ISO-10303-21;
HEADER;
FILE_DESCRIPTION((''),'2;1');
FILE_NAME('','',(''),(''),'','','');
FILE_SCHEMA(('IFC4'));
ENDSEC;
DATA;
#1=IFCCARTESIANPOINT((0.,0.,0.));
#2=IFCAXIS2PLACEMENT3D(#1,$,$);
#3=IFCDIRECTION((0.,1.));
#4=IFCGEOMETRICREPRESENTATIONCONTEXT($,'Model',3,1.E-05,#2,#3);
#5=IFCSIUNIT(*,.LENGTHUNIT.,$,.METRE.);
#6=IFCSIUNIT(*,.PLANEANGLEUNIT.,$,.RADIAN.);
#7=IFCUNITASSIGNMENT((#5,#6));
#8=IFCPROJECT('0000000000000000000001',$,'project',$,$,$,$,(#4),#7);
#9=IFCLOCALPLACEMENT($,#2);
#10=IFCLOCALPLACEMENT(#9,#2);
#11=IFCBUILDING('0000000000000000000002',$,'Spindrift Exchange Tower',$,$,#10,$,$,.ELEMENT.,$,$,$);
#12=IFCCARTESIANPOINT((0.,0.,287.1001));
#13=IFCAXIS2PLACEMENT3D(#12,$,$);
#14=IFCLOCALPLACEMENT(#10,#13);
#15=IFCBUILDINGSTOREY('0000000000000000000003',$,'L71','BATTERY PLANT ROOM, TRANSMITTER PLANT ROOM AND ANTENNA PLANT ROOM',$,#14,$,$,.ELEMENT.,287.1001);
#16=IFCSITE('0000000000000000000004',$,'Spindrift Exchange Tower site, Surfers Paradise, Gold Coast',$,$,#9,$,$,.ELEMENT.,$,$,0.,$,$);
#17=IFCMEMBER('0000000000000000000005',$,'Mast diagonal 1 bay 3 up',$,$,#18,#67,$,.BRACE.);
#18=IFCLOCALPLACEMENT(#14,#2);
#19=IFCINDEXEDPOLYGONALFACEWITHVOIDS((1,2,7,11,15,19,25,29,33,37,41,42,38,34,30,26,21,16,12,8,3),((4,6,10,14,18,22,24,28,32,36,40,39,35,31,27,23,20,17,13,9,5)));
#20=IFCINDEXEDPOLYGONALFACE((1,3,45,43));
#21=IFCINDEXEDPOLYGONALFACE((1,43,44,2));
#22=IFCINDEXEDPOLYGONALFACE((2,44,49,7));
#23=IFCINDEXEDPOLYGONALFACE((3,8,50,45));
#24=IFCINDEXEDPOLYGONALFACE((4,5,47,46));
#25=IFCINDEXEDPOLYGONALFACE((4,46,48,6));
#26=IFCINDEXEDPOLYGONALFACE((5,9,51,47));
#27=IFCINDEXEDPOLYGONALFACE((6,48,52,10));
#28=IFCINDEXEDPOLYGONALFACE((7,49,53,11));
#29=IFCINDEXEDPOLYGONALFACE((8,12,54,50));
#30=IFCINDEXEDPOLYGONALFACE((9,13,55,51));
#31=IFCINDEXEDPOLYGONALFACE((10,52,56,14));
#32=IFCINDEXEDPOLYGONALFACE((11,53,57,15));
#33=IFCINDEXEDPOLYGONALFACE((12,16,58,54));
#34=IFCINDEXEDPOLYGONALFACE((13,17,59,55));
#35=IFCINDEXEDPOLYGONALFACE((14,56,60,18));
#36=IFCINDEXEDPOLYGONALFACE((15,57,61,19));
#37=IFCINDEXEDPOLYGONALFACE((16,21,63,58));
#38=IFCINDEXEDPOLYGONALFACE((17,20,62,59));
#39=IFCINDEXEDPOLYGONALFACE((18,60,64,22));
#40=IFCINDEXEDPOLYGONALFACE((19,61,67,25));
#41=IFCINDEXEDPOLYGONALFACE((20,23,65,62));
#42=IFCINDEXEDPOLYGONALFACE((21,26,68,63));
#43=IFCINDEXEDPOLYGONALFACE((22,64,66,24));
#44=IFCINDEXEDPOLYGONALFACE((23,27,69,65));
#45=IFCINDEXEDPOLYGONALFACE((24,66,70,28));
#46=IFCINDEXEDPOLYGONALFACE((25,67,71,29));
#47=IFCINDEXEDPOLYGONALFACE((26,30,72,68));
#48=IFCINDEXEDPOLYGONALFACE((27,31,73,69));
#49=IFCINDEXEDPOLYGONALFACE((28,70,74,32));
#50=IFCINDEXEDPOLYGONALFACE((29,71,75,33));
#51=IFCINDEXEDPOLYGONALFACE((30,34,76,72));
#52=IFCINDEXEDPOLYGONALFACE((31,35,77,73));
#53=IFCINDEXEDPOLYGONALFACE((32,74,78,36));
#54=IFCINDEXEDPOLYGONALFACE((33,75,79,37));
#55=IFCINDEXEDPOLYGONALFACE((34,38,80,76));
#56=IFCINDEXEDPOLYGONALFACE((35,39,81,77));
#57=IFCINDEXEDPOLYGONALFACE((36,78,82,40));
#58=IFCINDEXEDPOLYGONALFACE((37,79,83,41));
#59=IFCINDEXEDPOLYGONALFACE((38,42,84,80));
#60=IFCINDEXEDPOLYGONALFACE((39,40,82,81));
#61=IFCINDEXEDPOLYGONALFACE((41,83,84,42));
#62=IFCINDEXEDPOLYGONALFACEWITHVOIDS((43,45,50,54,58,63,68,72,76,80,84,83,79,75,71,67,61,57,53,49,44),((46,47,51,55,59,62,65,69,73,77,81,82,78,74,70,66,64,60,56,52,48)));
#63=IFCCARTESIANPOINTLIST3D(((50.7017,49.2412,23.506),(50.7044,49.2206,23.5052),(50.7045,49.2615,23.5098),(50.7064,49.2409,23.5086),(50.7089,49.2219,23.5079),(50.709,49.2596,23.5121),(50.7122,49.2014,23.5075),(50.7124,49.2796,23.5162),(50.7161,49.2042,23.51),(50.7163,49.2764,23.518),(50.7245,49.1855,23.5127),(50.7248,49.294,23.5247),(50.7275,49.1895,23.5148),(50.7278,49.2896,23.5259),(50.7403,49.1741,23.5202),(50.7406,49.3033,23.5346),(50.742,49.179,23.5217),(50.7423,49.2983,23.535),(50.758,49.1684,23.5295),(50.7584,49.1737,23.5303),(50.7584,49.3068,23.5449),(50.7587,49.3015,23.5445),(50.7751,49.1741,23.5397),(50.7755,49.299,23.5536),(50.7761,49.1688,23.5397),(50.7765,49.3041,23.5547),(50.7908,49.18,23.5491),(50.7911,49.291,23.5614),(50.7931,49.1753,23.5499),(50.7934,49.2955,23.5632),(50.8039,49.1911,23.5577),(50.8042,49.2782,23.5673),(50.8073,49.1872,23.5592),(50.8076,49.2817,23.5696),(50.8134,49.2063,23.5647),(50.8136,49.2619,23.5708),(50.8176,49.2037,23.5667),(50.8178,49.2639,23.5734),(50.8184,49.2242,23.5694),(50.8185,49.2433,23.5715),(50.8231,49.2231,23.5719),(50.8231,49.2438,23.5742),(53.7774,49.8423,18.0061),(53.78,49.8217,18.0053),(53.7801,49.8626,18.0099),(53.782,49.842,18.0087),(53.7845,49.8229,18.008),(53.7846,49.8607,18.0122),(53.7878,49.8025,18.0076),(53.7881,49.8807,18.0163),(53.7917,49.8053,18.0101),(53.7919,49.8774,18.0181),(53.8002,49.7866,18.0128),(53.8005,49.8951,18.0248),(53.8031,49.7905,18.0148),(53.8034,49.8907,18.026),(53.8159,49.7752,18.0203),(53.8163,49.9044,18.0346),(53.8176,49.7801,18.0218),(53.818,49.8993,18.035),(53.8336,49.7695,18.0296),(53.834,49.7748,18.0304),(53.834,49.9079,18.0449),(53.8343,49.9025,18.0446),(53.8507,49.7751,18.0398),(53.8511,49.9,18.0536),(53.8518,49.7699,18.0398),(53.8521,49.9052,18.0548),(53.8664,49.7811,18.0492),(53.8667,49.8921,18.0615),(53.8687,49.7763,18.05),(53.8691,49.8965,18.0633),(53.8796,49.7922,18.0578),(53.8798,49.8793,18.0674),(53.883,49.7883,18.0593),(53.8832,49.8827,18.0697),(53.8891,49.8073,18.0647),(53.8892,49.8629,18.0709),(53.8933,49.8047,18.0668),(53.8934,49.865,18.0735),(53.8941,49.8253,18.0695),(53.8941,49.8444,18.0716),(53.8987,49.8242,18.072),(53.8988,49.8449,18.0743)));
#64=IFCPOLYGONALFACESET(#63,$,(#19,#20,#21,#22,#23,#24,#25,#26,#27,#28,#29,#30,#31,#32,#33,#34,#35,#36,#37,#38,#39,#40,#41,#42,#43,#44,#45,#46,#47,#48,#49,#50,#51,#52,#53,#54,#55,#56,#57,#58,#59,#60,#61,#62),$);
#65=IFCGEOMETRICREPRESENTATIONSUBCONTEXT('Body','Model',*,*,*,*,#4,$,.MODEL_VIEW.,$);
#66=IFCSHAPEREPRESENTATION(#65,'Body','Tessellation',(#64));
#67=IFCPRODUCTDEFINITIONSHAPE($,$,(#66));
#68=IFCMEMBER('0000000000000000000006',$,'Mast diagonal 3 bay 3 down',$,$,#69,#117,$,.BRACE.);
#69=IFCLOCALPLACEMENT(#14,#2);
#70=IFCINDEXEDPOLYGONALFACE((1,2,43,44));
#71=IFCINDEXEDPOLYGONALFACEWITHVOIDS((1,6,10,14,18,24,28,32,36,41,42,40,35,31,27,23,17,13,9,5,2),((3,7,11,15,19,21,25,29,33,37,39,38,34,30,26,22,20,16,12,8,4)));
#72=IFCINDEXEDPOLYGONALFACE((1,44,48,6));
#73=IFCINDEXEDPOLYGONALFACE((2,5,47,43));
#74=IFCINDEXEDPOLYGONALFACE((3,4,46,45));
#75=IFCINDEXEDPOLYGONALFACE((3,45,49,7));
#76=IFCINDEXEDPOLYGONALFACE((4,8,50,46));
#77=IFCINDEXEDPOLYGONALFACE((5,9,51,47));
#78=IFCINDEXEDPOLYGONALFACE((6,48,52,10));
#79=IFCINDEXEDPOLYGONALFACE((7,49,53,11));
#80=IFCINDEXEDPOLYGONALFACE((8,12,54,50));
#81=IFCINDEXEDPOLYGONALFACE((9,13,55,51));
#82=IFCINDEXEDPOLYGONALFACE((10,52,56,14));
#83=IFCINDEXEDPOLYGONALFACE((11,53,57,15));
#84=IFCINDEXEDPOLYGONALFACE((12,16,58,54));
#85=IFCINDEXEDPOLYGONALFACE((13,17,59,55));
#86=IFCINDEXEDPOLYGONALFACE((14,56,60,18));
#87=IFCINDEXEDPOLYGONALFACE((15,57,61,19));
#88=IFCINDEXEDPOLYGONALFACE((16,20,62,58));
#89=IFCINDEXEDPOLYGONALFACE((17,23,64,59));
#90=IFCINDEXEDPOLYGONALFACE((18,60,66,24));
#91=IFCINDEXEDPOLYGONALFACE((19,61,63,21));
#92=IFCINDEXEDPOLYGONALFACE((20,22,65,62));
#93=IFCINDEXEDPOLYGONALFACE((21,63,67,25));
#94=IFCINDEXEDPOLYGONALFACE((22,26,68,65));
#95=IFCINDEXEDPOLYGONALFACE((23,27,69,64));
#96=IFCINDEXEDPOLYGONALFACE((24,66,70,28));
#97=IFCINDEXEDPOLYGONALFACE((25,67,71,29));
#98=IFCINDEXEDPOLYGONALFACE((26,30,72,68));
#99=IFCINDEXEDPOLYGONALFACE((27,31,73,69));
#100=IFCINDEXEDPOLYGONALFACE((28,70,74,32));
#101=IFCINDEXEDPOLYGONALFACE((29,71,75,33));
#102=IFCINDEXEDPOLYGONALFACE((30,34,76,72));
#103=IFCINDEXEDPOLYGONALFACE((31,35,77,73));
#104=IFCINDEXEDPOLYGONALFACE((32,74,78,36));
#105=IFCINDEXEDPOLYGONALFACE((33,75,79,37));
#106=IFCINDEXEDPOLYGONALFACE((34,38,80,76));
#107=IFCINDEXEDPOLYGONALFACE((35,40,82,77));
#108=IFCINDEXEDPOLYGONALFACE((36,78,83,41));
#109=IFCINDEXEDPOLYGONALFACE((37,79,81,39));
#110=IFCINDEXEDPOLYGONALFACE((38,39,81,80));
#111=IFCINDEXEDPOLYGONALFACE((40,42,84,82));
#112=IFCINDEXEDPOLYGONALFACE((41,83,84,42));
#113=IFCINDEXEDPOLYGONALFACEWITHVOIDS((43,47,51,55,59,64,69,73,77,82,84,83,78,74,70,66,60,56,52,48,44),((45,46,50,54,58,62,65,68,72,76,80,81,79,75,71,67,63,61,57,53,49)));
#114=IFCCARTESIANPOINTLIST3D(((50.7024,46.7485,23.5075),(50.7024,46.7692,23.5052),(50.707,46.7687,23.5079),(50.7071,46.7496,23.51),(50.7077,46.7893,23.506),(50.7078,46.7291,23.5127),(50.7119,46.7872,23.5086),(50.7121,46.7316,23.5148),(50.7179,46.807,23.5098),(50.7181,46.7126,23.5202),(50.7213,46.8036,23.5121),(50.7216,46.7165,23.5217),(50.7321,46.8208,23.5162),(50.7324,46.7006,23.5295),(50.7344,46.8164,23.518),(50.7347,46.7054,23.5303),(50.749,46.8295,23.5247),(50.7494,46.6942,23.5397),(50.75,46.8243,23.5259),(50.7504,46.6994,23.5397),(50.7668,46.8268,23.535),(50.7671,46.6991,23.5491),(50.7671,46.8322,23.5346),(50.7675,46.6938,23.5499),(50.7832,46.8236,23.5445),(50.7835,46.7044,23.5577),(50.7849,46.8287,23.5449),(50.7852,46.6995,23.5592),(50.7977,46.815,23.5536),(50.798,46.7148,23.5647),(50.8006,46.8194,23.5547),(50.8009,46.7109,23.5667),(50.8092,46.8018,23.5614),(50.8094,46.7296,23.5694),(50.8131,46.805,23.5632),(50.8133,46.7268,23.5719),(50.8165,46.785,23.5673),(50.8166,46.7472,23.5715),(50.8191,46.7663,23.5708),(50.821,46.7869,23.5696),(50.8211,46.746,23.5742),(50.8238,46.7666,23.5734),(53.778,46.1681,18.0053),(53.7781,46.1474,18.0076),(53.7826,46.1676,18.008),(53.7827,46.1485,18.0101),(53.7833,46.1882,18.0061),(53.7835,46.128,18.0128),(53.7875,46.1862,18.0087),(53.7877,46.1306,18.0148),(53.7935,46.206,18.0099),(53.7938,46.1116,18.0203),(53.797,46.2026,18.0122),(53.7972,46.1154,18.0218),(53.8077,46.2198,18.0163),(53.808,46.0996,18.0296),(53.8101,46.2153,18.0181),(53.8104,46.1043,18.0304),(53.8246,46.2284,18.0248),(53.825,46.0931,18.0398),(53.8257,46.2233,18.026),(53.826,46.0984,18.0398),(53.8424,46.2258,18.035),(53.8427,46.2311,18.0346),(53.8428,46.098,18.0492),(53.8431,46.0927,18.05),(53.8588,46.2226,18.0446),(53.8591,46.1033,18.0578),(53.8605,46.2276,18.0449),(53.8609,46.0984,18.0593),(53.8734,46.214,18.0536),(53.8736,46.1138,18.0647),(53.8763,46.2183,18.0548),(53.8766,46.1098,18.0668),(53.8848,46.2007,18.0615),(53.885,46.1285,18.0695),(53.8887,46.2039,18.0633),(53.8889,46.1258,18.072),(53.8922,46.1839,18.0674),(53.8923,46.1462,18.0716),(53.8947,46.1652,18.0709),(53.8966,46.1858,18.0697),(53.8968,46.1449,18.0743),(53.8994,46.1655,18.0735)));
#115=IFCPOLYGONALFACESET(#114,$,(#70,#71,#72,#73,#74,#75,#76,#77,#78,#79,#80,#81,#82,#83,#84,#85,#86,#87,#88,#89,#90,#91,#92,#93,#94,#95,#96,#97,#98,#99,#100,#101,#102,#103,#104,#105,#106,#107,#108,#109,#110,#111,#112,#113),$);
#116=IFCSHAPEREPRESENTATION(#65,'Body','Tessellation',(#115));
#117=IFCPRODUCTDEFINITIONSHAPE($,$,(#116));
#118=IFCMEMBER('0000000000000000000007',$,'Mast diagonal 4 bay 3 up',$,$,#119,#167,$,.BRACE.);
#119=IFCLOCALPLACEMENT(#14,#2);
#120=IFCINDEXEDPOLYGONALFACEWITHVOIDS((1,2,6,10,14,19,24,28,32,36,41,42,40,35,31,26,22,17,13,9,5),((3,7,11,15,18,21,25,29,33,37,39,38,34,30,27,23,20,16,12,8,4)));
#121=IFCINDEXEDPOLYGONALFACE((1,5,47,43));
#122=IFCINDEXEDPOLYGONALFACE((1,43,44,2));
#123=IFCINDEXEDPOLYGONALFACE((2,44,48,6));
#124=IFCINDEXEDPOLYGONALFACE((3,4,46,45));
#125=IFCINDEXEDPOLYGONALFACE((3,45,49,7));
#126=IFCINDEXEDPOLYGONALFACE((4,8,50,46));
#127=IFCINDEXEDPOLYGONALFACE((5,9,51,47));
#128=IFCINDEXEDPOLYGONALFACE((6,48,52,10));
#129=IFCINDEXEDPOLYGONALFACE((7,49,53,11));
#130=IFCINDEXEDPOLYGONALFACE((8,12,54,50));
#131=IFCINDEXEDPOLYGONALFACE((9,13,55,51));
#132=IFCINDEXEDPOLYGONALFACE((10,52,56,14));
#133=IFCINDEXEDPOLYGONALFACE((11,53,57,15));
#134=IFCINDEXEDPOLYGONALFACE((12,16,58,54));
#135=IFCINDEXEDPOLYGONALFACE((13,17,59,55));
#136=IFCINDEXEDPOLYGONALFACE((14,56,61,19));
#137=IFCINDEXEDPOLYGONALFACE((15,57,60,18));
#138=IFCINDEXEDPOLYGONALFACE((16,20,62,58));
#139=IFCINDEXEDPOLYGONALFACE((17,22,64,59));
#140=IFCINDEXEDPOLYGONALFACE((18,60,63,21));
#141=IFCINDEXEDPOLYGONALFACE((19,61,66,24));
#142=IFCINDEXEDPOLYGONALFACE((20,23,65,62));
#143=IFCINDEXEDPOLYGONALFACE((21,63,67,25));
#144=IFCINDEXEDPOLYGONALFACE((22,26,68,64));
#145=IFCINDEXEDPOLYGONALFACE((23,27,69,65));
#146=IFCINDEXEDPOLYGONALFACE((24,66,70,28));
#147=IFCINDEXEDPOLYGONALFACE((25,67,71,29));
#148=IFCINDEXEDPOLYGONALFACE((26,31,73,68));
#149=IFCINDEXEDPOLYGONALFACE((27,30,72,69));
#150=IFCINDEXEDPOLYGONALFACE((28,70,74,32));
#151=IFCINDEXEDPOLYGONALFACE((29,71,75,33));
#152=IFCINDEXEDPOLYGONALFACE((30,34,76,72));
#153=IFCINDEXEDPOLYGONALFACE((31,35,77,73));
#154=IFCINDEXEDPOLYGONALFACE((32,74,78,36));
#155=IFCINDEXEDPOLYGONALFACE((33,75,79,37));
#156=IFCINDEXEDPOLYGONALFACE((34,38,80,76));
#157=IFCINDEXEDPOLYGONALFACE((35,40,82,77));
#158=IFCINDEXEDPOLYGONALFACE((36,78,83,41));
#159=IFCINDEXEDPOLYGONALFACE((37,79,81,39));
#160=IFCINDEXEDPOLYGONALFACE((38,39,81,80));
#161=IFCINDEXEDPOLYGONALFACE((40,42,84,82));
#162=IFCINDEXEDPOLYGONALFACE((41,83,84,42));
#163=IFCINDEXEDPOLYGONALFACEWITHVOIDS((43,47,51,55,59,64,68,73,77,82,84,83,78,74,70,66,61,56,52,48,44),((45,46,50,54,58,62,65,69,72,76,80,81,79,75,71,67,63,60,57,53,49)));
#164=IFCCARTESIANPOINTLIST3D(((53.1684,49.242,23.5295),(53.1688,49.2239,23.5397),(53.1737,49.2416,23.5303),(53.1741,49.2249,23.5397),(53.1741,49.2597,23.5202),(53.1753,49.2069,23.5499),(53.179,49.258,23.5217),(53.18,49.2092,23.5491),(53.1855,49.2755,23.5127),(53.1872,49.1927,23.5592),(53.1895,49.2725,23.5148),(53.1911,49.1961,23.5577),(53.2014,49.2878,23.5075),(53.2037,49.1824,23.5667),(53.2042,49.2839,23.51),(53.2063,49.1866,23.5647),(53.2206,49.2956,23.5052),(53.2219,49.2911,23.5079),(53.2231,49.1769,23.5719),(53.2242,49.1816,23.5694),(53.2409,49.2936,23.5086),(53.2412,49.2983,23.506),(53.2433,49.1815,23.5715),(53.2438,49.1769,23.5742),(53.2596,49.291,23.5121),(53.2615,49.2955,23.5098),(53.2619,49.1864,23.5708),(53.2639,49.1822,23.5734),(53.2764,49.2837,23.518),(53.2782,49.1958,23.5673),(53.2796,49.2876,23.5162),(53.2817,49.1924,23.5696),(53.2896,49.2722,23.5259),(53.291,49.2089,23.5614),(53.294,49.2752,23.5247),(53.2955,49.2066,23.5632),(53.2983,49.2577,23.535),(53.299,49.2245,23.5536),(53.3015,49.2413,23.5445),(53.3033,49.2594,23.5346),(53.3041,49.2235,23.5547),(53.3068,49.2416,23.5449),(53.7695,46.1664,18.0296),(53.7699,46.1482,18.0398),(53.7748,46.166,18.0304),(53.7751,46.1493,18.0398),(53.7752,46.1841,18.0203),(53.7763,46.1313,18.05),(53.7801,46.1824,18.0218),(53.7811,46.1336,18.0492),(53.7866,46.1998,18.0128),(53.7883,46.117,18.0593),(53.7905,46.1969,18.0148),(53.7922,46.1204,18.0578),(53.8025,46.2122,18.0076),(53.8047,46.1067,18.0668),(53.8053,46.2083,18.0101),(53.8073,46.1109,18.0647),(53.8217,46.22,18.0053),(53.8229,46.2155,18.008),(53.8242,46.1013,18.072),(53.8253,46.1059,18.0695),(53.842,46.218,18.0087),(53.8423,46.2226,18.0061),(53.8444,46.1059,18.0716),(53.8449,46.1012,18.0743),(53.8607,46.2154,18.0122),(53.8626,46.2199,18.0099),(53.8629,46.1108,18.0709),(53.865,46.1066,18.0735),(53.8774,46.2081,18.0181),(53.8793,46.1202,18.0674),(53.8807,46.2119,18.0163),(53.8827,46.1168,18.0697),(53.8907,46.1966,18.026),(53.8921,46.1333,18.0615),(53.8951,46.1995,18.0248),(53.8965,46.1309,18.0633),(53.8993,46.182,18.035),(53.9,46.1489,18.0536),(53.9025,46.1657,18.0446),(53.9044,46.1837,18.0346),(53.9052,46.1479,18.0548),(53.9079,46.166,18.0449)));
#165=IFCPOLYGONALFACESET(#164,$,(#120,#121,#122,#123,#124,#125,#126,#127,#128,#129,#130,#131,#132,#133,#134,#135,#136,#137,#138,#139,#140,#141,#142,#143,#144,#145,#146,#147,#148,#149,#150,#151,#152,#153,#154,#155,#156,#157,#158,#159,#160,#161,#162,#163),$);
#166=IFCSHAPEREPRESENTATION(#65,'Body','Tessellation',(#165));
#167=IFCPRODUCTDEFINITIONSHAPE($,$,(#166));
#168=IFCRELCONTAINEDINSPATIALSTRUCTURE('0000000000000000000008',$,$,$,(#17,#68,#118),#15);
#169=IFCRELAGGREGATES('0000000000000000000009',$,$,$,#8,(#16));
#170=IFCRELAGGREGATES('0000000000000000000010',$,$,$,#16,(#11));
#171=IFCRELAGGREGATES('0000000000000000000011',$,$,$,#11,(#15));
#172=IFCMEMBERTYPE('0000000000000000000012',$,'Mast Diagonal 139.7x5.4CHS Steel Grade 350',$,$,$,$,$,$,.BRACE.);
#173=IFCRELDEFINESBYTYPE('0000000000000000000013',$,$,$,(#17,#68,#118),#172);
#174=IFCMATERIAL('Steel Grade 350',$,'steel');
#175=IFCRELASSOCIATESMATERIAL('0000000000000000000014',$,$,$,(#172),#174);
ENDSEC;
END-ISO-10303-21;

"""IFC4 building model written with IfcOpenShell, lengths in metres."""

from ifc_helpers import new_model, si_unit, direction, frame, origin, origin_2d, place, context, subcontext, project, spatial, hollow_circle, extrude, source, transform, mapped, material, material_profile, profile_set, type_object, element, save


model = new_model("IFC4")

# Units and contexts
model_context = context("Model", 3, precision=1e-05, world=origin(), true_north=direction((0.0, 1.0)))
body_context = subcontext(model_context, "Body", "Model", "MODEL_VIEW")
ifc_project = project(units=[si_unit("LENGTHUNIT", "METRE"), si_unit("PLANEANGLEUNIT", "RADIAN")], contexts=[model_context])

# Site, building, storey
site_placement = place(None, origin())
site = spatial("IfcSite", under=ifc_project, at=site_placement, Name="Spindrift Exchange Tower site, Surfers Paradise, Gold Coast", CompositionType="ELEMENT", RefElevation=0.0)
building_placement = place(site_placement, origin())
building = spatial("IfcBuilding", under=site, at=building_placement, Name="Spindrift Exchange Tower", CompositionType="ELEMENT")
storey_placement = place(building_placement, frame((0.0, 0.0, 287.1001)))
storey = spatial("IfcBuildingStorey", under=building, at=storey_placement, Name="L71", Description="BATTERY PLANT ROOM, TRANSMITTER PLANT ROOM AND ANTENNA PLANT ROOM", CompositionType="ELEMENT", Elevation=287.1001)

# Members
ifc_material = material(Name="Steel Grade 350", Category="steel")
ifc_material_profile_1 = material_profile(ifc_material, hollow_circle(Radius=0.0698, WallThickness=0.0054, at=origin_2d()), Name="139.7x5.4CHS")
ifc_profile_set_1 = profile_set([ifc_material_profile_1], Name="Steel Grade 350")
member_type_1 = type_object("IfcMemberType", Name="Mast Diagonal 139.7x5.4CHS Steel Grade 350", PredefinedType="BRACE", material=ifc_profile_set_1)
shared_shape_1 = source(origin(), body_context, "Body", "SweptSolid", [
    extrude(hollow_circle(Radius=0.0698, WallThickness=0.0054, at=origin_2d()), origin(), (0.0, 0.0, 1.0), 6.3301),
])
for number, where, z_axis, x_axis, name in (
    (1, (53.8384, 49.8384, 18.0398), (-0.485877, -0.094954, 0.868854), (0.1918, -0.981434, 0.0), "Mast diagonal 1 bay 3 up"),
    (2, (53.8384, 46.1616, 18.0398), (-0.485877, 0.094954, 0.868854), (-0.1918, -0.981434, 0.0), "Mast diagonal 3 bay 3 down"),
    (3, (53.8384, 46.1616, 18.0398), (-0.094954, 0.485877, 0.868854), (-0.981434, -0.1918, 0.0), "Mast diagonal 4 bay 3 up"),
):
    element("IfcMember", number, at=place(storey_placement, frame(where, z_axis=z_axis, x_axis=x_axis)), inside=storey, type_object=member_type_1, Name=name, PredefinedType="BRACE", context=body_context, shape_type="MappedRepresentation", body=[
        mapped(shared_shape_1, transform((0.0, 0.0, 0.0), scale=1.0)),
    ])

save(model, "model.ifc")
